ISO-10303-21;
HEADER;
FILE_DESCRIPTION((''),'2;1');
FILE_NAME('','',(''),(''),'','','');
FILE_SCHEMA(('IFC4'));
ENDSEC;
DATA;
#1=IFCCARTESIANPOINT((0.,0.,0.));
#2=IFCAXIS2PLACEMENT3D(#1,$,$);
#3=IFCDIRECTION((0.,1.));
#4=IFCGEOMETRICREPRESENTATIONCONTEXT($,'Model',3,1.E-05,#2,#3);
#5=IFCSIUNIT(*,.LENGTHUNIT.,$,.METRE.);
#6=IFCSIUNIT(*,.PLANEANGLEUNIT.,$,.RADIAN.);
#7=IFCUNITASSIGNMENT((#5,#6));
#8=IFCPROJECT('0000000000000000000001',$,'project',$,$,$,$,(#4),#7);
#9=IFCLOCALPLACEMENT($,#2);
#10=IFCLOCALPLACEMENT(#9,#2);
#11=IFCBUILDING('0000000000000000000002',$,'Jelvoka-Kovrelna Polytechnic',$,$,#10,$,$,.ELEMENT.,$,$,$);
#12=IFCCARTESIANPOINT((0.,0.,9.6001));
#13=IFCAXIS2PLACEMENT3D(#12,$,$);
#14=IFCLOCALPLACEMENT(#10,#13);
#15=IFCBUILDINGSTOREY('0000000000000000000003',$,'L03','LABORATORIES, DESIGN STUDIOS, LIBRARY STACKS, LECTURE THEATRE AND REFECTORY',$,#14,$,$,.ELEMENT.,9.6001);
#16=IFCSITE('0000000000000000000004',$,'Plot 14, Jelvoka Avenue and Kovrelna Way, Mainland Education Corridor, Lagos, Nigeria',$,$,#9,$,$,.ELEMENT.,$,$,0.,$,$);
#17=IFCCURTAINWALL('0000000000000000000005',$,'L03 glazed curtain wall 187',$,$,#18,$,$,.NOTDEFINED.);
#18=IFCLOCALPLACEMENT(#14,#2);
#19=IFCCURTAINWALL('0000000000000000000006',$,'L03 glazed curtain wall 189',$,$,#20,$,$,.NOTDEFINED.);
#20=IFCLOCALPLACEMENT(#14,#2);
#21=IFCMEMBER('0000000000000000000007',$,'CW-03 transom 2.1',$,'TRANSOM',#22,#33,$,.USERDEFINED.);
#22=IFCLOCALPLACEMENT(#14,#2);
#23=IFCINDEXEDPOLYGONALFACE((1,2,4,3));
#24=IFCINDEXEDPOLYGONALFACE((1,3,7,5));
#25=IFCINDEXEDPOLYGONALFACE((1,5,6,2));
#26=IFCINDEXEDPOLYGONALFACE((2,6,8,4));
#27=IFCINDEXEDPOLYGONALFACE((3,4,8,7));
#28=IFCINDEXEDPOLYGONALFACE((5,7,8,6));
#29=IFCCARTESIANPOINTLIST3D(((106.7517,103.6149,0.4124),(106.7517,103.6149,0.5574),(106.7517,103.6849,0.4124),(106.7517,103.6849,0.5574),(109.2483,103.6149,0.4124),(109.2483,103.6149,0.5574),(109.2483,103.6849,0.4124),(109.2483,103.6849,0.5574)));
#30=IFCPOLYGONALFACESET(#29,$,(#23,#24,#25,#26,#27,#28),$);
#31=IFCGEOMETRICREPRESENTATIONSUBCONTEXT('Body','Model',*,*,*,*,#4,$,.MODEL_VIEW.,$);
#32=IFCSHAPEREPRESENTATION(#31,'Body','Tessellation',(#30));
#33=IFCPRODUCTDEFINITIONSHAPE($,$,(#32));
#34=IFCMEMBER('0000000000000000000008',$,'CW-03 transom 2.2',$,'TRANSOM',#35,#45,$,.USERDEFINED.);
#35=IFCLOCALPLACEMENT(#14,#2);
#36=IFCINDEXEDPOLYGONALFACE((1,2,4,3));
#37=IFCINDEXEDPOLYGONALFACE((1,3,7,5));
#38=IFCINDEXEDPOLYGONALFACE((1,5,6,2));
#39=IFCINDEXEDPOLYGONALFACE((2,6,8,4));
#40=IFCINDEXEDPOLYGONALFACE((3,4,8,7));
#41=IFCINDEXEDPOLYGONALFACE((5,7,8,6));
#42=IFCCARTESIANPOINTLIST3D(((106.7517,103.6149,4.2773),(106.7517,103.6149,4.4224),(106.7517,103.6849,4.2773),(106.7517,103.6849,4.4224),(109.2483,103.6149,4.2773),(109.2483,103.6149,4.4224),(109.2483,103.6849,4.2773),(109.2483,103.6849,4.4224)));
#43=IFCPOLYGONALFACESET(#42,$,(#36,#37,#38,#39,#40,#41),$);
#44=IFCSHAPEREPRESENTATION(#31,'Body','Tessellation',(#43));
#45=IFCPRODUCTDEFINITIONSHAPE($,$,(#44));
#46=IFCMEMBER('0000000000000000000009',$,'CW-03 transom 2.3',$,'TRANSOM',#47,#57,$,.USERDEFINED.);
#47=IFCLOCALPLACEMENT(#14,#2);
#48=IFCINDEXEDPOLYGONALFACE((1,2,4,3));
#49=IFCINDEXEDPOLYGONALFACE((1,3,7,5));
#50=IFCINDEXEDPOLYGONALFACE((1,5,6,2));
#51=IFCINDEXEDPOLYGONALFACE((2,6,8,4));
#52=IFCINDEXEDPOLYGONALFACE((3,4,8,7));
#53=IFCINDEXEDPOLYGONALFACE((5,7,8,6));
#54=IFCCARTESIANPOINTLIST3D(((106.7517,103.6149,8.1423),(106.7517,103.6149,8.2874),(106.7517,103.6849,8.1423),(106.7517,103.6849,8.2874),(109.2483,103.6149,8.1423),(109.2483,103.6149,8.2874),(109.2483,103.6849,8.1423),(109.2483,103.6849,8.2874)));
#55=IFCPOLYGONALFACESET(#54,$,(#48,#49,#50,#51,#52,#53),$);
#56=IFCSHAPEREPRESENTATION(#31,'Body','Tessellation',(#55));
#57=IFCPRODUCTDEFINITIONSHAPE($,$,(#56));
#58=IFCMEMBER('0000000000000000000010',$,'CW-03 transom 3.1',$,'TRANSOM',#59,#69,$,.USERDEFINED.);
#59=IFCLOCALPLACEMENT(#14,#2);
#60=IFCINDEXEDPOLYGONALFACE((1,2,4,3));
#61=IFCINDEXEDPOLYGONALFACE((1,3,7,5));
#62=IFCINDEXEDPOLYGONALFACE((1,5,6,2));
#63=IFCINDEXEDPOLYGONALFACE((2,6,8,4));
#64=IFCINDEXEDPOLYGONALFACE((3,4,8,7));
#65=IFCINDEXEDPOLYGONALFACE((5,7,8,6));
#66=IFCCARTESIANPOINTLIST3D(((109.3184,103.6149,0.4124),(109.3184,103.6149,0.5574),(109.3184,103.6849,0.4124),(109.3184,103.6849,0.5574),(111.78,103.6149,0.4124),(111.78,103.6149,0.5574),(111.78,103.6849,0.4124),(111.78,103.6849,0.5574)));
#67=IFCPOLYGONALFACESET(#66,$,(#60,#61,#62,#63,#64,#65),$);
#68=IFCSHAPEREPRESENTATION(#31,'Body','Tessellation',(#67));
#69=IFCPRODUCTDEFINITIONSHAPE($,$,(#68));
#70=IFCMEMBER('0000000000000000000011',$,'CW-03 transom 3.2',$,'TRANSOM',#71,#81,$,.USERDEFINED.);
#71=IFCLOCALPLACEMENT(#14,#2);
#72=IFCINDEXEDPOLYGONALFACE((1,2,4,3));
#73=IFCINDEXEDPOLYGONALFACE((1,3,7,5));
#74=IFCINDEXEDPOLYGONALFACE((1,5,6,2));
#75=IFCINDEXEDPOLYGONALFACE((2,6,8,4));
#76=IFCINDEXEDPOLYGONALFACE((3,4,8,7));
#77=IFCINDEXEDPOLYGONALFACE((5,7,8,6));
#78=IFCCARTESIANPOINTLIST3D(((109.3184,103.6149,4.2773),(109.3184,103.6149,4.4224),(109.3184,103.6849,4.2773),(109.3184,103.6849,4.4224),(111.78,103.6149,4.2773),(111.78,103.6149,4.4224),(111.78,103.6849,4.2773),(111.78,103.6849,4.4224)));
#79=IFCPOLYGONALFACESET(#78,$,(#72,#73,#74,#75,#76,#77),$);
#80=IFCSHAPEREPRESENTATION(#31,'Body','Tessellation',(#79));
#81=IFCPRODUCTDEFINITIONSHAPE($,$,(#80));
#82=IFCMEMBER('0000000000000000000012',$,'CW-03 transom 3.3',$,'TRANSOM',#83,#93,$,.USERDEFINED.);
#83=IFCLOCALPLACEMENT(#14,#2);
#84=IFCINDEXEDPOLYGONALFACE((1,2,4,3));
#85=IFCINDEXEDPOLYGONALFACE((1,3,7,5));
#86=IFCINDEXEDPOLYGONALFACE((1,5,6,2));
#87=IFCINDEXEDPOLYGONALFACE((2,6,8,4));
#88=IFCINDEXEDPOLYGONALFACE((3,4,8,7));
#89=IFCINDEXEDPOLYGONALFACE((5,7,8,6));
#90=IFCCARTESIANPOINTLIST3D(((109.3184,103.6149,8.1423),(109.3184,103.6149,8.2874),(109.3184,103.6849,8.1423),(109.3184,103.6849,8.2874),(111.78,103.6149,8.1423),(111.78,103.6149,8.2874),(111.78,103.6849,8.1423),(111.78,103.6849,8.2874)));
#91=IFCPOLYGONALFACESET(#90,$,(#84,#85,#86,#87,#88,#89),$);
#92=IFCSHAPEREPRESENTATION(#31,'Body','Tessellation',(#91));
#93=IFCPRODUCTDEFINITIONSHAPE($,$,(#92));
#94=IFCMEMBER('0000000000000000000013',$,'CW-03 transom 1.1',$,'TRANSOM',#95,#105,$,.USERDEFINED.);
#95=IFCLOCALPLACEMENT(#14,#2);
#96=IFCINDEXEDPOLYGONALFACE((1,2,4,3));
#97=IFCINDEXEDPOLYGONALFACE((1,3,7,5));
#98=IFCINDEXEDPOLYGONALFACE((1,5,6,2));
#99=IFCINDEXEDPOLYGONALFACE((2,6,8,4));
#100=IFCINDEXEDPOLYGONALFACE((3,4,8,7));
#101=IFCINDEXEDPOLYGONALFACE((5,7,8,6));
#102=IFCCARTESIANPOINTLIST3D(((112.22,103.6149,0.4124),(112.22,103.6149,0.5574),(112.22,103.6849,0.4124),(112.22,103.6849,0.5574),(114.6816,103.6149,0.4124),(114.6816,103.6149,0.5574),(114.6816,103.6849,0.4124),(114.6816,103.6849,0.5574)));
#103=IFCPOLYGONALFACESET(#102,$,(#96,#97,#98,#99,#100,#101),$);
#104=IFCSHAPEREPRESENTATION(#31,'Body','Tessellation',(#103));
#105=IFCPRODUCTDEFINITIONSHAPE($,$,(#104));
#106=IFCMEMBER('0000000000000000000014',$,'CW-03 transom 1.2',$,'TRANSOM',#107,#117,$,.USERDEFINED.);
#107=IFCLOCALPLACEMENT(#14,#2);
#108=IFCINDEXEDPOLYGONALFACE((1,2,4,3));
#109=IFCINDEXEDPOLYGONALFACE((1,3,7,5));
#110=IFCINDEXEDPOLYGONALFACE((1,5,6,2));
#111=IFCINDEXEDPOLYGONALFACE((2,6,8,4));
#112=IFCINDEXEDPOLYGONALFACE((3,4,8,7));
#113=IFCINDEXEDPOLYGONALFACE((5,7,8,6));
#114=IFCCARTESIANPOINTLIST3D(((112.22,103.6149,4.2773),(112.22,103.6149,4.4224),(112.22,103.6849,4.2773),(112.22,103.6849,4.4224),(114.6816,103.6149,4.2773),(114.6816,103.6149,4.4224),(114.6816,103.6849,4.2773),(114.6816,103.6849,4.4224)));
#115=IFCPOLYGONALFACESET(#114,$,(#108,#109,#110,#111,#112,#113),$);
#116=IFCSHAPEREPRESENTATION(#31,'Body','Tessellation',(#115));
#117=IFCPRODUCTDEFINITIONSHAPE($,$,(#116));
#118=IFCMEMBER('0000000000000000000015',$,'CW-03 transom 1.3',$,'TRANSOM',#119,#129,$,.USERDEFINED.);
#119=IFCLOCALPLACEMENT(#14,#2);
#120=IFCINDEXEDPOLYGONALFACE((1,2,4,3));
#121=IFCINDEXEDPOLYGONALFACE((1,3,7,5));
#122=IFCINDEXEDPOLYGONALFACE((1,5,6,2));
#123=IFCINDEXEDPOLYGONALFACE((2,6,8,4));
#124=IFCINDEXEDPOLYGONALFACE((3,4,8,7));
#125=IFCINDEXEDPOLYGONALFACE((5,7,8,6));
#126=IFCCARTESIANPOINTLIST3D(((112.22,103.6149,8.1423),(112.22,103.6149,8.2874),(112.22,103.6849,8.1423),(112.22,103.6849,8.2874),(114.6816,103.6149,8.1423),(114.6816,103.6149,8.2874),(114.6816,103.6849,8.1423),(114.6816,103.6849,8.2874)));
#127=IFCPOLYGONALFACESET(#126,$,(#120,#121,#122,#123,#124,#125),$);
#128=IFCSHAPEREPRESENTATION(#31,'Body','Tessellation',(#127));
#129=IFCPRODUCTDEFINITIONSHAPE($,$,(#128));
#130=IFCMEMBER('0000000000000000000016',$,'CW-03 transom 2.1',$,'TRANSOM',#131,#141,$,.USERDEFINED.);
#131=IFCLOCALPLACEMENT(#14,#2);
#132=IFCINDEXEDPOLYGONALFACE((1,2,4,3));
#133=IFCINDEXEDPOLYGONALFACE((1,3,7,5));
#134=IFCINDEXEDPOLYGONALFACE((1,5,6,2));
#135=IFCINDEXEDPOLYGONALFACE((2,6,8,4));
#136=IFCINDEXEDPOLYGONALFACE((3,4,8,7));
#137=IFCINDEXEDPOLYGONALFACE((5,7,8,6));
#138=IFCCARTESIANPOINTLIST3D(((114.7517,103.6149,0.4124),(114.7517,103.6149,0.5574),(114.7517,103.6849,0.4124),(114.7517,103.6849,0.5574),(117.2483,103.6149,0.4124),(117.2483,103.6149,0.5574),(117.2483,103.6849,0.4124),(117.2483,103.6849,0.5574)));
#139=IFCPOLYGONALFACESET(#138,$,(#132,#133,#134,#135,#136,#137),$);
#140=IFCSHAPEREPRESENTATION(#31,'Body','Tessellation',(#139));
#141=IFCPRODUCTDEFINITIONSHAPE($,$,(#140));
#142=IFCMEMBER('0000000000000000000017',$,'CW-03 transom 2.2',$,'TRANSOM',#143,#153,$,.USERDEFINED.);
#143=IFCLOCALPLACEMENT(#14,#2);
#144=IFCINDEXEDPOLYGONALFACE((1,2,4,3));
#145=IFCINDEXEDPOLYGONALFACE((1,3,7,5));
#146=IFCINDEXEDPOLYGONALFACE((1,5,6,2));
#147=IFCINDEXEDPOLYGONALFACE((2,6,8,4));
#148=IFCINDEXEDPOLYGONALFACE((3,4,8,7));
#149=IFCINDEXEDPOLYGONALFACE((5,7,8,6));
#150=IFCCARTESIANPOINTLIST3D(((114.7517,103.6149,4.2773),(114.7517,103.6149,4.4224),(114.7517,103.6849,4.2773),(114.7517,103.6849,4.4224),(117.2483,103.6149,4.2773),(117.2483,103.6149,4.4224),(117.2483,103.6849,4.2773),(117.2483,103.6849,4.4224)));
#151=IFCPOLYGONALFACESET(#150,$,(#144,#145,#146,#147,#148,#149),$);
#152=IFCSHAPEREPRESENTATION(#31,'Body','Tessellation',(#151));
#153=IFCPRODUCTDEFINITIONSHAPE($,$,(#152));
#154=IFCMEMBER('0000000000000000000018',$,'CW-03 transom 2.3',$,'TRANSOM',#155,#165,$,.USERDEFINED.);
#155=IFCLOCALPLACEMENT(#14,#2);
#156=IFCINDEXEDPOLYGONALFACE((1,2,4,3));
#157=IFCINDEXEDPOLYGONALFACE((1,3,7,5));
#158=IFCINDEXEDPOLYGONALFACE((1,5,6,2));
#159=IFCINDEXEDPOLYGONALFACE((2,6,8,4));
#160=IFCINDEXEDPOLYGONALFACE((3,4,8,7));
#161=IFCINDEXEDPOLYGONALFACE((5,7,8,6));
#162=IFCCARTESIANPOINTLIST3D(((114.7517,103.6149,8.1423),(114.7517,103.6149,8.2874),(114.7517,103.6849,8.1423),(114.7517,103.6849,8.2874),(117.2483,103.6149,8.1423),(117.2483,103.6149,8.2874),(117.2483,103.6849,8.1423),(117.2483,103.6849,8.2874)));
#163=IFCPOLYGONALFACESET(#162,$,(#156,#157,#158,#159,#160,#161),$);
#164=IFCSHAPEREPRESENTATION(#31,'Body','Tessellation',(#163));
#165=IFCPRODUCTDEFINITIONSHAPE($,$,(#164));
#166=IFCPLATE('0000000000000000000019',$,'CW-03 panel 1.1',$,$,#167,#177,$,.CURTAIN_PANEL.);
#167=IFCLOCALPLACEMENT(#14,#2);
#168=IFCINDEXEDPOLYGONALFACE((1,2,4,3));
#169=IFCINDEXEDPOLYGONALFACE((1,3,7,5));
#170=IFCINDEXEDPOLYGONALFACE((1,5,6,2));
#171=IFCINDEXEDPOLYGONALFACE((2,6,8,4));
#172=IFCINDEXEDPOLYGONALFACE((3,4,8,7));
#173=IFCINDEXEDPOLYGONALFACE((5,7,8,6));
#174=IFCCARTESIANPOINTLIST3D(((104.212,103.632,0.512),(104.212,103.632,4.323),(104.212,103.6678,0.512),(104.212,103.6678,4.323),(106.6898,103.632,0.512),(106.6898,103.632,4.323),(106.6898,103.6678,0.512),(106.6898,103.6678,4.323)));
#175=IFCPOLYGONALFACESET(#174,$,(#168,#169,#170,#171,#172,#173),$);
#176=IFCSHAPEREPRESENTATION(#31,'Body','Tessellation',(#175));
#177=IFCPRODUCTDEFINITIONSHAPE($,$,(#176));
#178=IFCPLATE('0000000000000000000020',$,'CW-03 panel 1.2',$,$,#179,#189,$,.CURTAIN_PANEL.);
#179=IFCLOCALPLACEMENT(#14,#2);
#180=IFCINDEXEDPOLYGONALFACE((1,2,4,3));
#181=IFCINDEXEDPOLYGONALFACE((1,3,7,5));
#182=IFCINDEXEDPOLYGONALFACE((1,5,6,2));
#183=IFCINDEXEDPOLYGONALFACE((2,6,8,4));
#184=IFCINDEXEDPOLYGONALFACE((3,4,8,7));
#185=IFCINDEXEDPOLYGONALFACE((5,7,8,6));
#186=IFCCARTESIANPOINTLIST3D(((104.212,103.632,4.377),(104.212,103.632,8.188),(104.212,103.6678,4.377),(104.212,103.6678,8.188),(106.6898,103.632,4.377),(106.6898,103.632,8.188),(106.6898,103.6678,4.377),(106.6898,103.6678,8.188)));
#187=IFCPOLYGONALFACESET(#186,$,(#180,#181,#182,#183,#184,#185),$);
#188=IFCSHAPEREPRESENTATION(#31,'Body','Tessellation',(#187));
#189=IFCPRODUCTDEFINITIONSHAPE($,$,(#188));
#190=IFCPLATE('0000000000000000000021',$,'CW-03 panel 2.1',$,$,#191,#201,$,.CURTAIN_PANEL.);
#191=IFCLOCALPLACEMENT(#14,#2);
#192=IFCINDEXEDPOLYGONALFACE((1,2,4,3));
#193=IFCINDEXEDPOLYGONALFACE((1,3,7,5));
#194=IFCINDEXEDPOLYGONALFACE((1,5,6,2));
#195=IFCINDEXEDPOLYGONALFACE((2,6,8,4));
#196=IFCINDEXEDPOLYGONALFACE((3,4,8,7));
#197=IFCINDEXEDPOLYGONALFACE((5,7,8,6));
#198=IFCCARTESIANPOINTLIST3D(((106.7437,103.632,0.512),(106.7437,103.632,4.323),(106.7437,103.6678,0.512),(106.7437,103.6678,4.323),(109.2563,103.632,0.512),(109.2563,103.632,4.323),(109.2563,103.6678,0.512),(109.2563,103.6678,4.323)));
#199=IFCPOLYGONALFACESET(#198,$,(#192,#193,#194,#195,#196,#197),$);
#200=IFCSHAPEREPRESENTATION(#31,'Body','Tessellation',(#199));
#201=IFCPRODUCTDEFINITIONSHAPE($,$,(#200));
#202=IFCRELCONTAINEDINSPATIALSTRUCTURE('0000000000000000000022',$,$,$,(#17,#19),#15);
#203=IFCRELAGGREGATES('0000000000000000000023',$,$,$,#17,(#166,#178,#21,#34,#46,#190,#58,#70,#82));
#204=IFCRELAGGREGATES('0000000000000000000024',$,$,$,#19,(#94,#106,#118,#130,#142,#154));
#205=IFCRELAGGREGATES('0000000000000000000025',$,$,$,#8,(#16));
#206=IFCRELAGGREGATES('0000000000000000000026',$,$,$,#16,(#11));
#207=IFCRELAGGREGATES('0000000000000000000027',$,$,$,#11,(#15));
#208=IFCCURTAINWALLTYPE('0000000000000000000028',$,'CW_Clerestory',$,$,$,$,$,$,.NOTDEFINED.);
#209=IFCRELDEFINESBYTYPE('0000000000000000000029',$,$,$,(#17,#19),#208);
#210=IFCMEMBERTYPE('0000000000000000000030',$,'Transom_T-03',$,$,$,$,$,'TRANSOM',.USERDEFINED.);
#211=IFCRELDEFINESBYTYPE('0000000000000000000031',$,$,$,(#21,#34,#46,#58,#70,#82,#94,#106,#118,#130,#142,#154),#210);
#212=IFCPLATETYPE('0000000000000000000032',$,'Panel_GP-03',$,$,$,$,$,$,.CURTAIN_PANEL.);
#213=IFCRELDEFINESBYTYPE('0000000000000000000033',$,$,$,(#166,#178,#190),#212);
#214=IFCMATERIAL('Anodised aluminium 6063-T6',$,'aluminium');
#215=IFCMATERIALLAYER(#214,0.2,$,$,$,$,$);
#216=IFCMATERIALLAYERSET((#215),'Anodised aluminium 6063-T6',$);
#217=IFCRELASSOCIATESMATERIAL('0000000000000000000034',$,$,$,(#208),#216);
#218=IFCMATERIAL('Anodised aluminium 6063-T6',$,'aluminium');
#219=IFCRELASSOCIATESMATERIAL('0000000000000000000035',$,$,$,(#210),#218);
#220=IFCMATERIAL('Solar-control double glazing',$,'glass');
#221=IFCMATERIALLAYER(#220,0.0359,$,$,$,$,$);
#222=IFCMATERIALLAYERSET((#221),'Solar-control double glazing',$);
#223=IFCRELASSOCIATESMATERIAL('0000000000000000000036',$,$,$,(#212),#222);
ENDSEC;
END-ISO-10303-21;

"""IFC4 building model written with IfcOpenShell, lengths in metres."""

from ifc_helpers import new_model, si_unit, direction, frame, origin, origin_2d, place, context, subcontext, project, spatial, rectangle, extrude, material, layer, layer_set, material_profile, profile_set, type_object, element, aggregate, save


model = new_model("IFC4")

# Units and contexts
model_context = context("Model", 3, precision=1e-05, world=origin(), true_north=direction((0.0, 1.0)))
body_context = subcontext(model_context, "Body", "Model", "MODEL_VIEW")
ifc_project = project(units=[si_unit("LENGTHUNIT", "METRE"), si_unit("PLANEANGLEUNIT", "RADIAN")], contexts=[model_context])

# Site, building, storey
site_placement = place(None, origin())
site = spatial("IfcSite", under=ifc_project, at=site_placement, Name="Plot 14, Jelvoka Avenue and Kovrelna Way, Mainland Education Corridor, Lagos, Nigeria", CompositionType="ELEMENT", RefElevation=0.0)
building_placement = place(site_placement, origin())
building = spatial("IfcBuilding", under=site, at=building_placement, Name="Jelvoka-Kovrelna Polytechnic", CompositionType="ELEMENT")
storey_placement = place(building_placement, frame((0.0, 0.0, 9.6001)))
storey = spatial("IfcBuildingStorey", under=building, at=storey_placement, Name="L03", Description="LABORATORIES, DESIGN STUDIOS, LIBRARY STACKS, LECTURE THEATRE AND REFECTORY", CompositionType="ELEMENT", Elevation=9.6001)

# Curtain walls
ifc_material_1 = material(Name="Anodised aluminium 6063-T6", Category="aluminium")
ifc_layer_1 = layer(ifc_material_1, 0.2)
ifc_layer_set_1 = layer_set([ifc_layer_1], Name="Anodised aluminium 6063-T6")
curtain_wall_type = type_object("IfcCurtainWallType", Name="CW_Clerestory", PredefinedType="NOTDEFINED", material=ifc_layer_set_1)
curtain_wall_1_placement = place(storey_placement, origin())
curtain_wall_1 = element("IfcCurtainWall", 1, at=curtain_wall_1_placement, inside=storey, type_object=curtain_wall_type, Name="L03 glazed curtain wall 187", PredefinedType="NOTDEFINED")
curtain_wall_2_placement = place(storey_placement, origin())
curtain_wall_2 = element("IfcCurtainWall", 2, at=curtain_wall_2_placement, inside=storey, type_object=curtain_wall_type, Name="L03 glazed curtain wall 189", PredefinedType="NOTDEFINED")

# Members
ifc_material_2 = material(Name="Anodised aluminium 6063-T6", Category="aluminium")
ifc_material_profile_1 = material_profile(ifc_material_2, rectangle(XDim=0.0701, YDim=0.145, at=origin_2d()), Name="ALU 70x145")
ifc_profile_set_1 = profile_set([ifc_material_profile_1], Name="Anodised aluminium 6063-T6")
member_type_1 = type_object("IfcMemberType", Name="Transom_T-03", ElementType="TRANSOM", PredefinedType="USERDEFINED", material=ifc_profile_set_1)
member_1_placement = place(storey_placement, frame((106.7517, 103.6499, 0.4849), z_axis=(1.0, 0.0, 0.0), x_axis=(0.0, 1.0, 0.0)))
member_1 = element("IfcMember", 3, at=member_1_placement, type_object=member_type_1, Name="CW-03 transom 2.1", ObjectType="TRANSOM", PredefinedType="USERDEFINED", context=body_context, shape_type="SweptSolid", body=[
    extrude(rectangle(XDim=0.0701, YDim=0.145, at=origin_2d()), origin(), (0.0, 0.0, 1.0), 2.4966),
])
member_2_placement = place(storey_placement, frame((106.7517, 103.6499, 4.3499), z_axis=(1.0, 0.0, 0.0), x_axis=(0.0, 1.0, 0.0)))
member_2 = element("IfcMember", 4, at=member_2_placement, type_object=member_type_1, Name="CW-03 transom 2.2", ObjectType="TRANSOM", PredefinedType="USERDEFINED", context=body_context, shape_type="SweptSolid", body=[
    extrude(rectangle(XDim=0.0701, YDim=0.145, at=origin_2d()), origin(), (0.0, 0.0, 1.0), 2.4966),
])
member_3_placement = place(storey_placement, frame((106.7517, 103.6499, 8.2148), z_axis=(1.0, 0.0, 0.0), x_axis=(0.0, 1.0, 0.0)))
member_3 = element("IfcMember", 5, at=member_3_placement, type_object=member_type_1, Name="CW-03 transom 2.3", ObjectType="TRANSOM", PredefinedType="USERDEFINED", context=body_context, shape_type="SweptSolid", body=[
    extrude(rectangle(XDim=0.0701, YDim=0.145, at=origin_2d()), origin(), (0.0, 0.0, 1.0), 2.4966),
])
member_4_placement = place(storey_placement, frame((109.3184, 103.6499, 0.4849), z_axis=(1.0, 0.0, 0.0), x_axis=(0.0, 1.0, 0.0)))
member_4 = element("IfcMember", 6, at=member_4_placement, type_object=member_type_1, Name="CW-03 transom 3.1", ObjectType="TRANSOM", PredefinedType="USERDEFINED", context=body_context, shape_type="SweptSolid", body=[
    extrude(rectangle(XDim=0.0701, YDim=0.145, at=origin_2d()), origin(), (0.0, 0.0, 1.0), 2.4617),
])
member_5_placement = place(storey_placement, frame((109.3184, 103.6499, 4.3499), z_axis=(1.0, 0.0, 0.0), x_axis=(0.0, 1.0, 0.0)))
member_5 = element("IfcMember", 7, at=member_5_placement, type_object=member_type_1, Name="CW-03 transom 3.2", ObjectType="TRANSOM", PredefinedType="USERDEFINED", context=body_context, shape_type="SweptSolid", body=[
    extrude(rectangle(XDim=0.0701, YDim=0.145, at=origin_2d()), origin(), (0.0, 0.0, 1.0), 2.4617),
])
member_6_placement = place(storey_placement, frame((109.3184, 103.6499, 8.2148), z_axis=(1.0, 0.0, 0.0), x_axis=(0.0, 1.0, 0.0)))
member_6 = element("IfcMember", 8, at=member_6_placement, type_object=member_type_1, Name="CW-03 transom 3.3", ObjectType="TRANSOM", PredefinedType="USERDEFINED", context=body_context, shape_type="SweptSolid", body=[
    extrude(rectangle(XDim=0.0701, YDim=0.145, at=origin_2d()), origin(), (0.0, 0.0, 1.0), 2.4617),
])
member_7_placement = place(storey_placement, frame((112.22, 103.6499, 0.4849), z_axis=(1.0, 0.0, 0.0), x_axis=(0.0, 1.0, 0.0)))
member_7 = element("IfcMember", 9, at=member_7_placement, type_object=member_type_1, Name="CW-03 transom 1.1", ObjectType="TRANSOM", PredefinedType="USERDEFINED", context=body_context, shape_type="SweptSolid", body=[
    extrude(rectangle(XDim=0.0701, YDim=0.145, at=origin_2d()), origin(), (0.0, 0.0, 1.0), 2.4617),
])
member_8_placement = place(storey_placement, frame((112.22, 103.6499, 4.3499), z_axis=(1.0, 0.0, 0.0), x_axis=(0.0, 1.0, 0.0)))
member_8 = element("IfcMember", 10, at=member_8_placement, type_object=member_type_1, Name="CW-03 transom 1.2", ObjectType="TRANSOM", PredefinedType="USERDEFINED", context=body_context, shape_type="SweptSolid", body=[
    extrude(rectangle(XDim=0.0701, YDim=0.145, at=origin_2d()), origin(), (0.0, 0.0, 1.0), 2.4617),
])
member_9_placement = place(storey_placement, frame((112.22, 103.6499, 8.2148), z_axis=(1.0, 0.0, 0.0), x_axis=(0.0, 1.0, 0.0)))
member_9 = element("IfcMember", 11, at=member_9_placement, type_object=member_type_1, Name="CW-03 transom 1.3", ObjectType="TRANSOM", PredefinedType="USERDEFINED", context=body_context, shape_type="SweptSolid", body=[
    extrude(rectangle(XDim=0.0701, YDim=0.145, at=origin_2d()), origin(), (0.0, 0.0, 1.0), 2.4617),
])
member_10_placement = place(storey_placement, frame((114.7517, 103.6499, 0.4849), z_axis=(1.0, 0.0, 0.0), x_axis=(0.0, 1.0, 0.0)))
member_10 = element("IfcMember", 12, at=member_10_placement, type_object=member_type_1, Name="CW-03 transom 2.1", ObjectType="TRANSOM", PredefinedType="USERDEFINED", context=body_context, shape_type="SweptSolid", body=[
    extrude(rectangle(XDim=0.0701, YDim=0.145, at=origin_2d()), origin(), (0.0, 0.0, 1.0), 2.4966),
])
member_11_placement = place(storey_placement, frame((114.7517, 103.6499, 4.3499), z_axis=(1.0, 0.0, 0.0), x_axis=(0.0, 1.0, 0.0)))
member_11 = element("IfcMember", 13, at=member_11_placement, type_object=member_type_1, Name="CW-03 transom 2.2", ObjectType="TRANSOM", PredefinedType="USERDEFINED", context=body_context, shape_type="SweptSolid", body=[
    extrude(rectangle(XDim=0.0701, YDim=0.145, at=origin_2d()), origin(), (0.0, 0.0, 1.0), 2.4966),
])
member_12_placement = place(storey_placement, frame((114.7517, 103.6499, 8.2148), z_axis=(1.0, 0.0, 0.0), x_axis=(0.0, 1.0, 0.0)))
member_12 = element("IfcMember", 14, at=member_12_placement, type_object=member_type_1, Name="CW-03 transom 2.3", ObjectType="TRANSOM", PredefinedType="USERDEFINED", context=body_context, shape_type="SweptSolid", body=[
    extrude(rectangle(XDim=0.0701, YDim=0.145, at=origin_2d()), origin(), (0.0, 0.0, 1.0), 2.4966),
])

# Plates
ifc_material_3 = material(Name="Solar-control double glazing", Category="glass")
ifc_layer_2 = layer(ifc_material_3, 0.0359)
ifc_layer_set_2 = layer_set([ifc_layer_2], Name="Solar-control double glazing")
plate_type_1 = type_object("IfcPlateType", Name="Panel_GP-03", PredefinedType="CURTAIN_PANEL", material=ifc_layer_set_2)
plate_1_placement = place(storey_placement, frame((105.4509, 103.6499, 0.512), z_axis=(0.0, 0.0, 1.0), x_axis=(1.0, 0.0, 0.0)))
plate_1 = element("IfcPlate", 15, at=plate_1_placement, type_object=plate_type_1, Name="CW-03 panel 1.1", PredefinedType="CURTAIN_PANEL", context=body_context, shape_type="SweptSolid", body=[
    extrude(rectangle(XDim=2.4778, YDim=0.0359, at=origin_2d()), origin(), (0.0, 0.0, 1.0), 3.811),
])
plate_2_placement = place(storey_placement, frame((105.4509, 103.6499, 4.377), z_axis=(0.0, 0.0, 1.0), x_axis=(1.0, 0.0, 0.0)))
plate_2 = element("IfcPlate", 16, at=plate_2_placement, type_object=plate_type_1, Name="CW-03 panel 1.2", PredefinedType="CURTAIN_PANEL", context=body_context, shape_type="SweptSolid", body=[
    extrude(rectangle(XDim=2.4778, YDim=0.0359, at=origin_2d()), origin(), (0.0, 0.0, 1.0), 3.811),
])
plate_3_placement = place(storey_placement, frame((108.0, 103.6499, 0.512), z_axis=(0.0, 0.0, 1.0), x_axis=(1.0, 0.0, 0.0)))
plate_3 = element("IfcPlate", 17, at=plate_3_placement, type_object=plate_type_1, Name="CW-03 panel 2.1", PredefinedType="CURTAIN_PANEL", context=body_context, shape_type="SweptSolid", body=[
    extrude(rectangle(XDim=2.5127, YDim=0.0359, at=origin_2d()), origin(), (0.0, 0.0, 1.0), 3.811),
])
aggregate(curtain_wall_1, [plate_1, plate_2, member_1, member_2, member_3, plate_3, member_4, member_5, member_6])
aggregate(curtain_wall_2, [member_7, member_8, member_9, member_10, member_11, member_12])

save(model, "model.ifc")
